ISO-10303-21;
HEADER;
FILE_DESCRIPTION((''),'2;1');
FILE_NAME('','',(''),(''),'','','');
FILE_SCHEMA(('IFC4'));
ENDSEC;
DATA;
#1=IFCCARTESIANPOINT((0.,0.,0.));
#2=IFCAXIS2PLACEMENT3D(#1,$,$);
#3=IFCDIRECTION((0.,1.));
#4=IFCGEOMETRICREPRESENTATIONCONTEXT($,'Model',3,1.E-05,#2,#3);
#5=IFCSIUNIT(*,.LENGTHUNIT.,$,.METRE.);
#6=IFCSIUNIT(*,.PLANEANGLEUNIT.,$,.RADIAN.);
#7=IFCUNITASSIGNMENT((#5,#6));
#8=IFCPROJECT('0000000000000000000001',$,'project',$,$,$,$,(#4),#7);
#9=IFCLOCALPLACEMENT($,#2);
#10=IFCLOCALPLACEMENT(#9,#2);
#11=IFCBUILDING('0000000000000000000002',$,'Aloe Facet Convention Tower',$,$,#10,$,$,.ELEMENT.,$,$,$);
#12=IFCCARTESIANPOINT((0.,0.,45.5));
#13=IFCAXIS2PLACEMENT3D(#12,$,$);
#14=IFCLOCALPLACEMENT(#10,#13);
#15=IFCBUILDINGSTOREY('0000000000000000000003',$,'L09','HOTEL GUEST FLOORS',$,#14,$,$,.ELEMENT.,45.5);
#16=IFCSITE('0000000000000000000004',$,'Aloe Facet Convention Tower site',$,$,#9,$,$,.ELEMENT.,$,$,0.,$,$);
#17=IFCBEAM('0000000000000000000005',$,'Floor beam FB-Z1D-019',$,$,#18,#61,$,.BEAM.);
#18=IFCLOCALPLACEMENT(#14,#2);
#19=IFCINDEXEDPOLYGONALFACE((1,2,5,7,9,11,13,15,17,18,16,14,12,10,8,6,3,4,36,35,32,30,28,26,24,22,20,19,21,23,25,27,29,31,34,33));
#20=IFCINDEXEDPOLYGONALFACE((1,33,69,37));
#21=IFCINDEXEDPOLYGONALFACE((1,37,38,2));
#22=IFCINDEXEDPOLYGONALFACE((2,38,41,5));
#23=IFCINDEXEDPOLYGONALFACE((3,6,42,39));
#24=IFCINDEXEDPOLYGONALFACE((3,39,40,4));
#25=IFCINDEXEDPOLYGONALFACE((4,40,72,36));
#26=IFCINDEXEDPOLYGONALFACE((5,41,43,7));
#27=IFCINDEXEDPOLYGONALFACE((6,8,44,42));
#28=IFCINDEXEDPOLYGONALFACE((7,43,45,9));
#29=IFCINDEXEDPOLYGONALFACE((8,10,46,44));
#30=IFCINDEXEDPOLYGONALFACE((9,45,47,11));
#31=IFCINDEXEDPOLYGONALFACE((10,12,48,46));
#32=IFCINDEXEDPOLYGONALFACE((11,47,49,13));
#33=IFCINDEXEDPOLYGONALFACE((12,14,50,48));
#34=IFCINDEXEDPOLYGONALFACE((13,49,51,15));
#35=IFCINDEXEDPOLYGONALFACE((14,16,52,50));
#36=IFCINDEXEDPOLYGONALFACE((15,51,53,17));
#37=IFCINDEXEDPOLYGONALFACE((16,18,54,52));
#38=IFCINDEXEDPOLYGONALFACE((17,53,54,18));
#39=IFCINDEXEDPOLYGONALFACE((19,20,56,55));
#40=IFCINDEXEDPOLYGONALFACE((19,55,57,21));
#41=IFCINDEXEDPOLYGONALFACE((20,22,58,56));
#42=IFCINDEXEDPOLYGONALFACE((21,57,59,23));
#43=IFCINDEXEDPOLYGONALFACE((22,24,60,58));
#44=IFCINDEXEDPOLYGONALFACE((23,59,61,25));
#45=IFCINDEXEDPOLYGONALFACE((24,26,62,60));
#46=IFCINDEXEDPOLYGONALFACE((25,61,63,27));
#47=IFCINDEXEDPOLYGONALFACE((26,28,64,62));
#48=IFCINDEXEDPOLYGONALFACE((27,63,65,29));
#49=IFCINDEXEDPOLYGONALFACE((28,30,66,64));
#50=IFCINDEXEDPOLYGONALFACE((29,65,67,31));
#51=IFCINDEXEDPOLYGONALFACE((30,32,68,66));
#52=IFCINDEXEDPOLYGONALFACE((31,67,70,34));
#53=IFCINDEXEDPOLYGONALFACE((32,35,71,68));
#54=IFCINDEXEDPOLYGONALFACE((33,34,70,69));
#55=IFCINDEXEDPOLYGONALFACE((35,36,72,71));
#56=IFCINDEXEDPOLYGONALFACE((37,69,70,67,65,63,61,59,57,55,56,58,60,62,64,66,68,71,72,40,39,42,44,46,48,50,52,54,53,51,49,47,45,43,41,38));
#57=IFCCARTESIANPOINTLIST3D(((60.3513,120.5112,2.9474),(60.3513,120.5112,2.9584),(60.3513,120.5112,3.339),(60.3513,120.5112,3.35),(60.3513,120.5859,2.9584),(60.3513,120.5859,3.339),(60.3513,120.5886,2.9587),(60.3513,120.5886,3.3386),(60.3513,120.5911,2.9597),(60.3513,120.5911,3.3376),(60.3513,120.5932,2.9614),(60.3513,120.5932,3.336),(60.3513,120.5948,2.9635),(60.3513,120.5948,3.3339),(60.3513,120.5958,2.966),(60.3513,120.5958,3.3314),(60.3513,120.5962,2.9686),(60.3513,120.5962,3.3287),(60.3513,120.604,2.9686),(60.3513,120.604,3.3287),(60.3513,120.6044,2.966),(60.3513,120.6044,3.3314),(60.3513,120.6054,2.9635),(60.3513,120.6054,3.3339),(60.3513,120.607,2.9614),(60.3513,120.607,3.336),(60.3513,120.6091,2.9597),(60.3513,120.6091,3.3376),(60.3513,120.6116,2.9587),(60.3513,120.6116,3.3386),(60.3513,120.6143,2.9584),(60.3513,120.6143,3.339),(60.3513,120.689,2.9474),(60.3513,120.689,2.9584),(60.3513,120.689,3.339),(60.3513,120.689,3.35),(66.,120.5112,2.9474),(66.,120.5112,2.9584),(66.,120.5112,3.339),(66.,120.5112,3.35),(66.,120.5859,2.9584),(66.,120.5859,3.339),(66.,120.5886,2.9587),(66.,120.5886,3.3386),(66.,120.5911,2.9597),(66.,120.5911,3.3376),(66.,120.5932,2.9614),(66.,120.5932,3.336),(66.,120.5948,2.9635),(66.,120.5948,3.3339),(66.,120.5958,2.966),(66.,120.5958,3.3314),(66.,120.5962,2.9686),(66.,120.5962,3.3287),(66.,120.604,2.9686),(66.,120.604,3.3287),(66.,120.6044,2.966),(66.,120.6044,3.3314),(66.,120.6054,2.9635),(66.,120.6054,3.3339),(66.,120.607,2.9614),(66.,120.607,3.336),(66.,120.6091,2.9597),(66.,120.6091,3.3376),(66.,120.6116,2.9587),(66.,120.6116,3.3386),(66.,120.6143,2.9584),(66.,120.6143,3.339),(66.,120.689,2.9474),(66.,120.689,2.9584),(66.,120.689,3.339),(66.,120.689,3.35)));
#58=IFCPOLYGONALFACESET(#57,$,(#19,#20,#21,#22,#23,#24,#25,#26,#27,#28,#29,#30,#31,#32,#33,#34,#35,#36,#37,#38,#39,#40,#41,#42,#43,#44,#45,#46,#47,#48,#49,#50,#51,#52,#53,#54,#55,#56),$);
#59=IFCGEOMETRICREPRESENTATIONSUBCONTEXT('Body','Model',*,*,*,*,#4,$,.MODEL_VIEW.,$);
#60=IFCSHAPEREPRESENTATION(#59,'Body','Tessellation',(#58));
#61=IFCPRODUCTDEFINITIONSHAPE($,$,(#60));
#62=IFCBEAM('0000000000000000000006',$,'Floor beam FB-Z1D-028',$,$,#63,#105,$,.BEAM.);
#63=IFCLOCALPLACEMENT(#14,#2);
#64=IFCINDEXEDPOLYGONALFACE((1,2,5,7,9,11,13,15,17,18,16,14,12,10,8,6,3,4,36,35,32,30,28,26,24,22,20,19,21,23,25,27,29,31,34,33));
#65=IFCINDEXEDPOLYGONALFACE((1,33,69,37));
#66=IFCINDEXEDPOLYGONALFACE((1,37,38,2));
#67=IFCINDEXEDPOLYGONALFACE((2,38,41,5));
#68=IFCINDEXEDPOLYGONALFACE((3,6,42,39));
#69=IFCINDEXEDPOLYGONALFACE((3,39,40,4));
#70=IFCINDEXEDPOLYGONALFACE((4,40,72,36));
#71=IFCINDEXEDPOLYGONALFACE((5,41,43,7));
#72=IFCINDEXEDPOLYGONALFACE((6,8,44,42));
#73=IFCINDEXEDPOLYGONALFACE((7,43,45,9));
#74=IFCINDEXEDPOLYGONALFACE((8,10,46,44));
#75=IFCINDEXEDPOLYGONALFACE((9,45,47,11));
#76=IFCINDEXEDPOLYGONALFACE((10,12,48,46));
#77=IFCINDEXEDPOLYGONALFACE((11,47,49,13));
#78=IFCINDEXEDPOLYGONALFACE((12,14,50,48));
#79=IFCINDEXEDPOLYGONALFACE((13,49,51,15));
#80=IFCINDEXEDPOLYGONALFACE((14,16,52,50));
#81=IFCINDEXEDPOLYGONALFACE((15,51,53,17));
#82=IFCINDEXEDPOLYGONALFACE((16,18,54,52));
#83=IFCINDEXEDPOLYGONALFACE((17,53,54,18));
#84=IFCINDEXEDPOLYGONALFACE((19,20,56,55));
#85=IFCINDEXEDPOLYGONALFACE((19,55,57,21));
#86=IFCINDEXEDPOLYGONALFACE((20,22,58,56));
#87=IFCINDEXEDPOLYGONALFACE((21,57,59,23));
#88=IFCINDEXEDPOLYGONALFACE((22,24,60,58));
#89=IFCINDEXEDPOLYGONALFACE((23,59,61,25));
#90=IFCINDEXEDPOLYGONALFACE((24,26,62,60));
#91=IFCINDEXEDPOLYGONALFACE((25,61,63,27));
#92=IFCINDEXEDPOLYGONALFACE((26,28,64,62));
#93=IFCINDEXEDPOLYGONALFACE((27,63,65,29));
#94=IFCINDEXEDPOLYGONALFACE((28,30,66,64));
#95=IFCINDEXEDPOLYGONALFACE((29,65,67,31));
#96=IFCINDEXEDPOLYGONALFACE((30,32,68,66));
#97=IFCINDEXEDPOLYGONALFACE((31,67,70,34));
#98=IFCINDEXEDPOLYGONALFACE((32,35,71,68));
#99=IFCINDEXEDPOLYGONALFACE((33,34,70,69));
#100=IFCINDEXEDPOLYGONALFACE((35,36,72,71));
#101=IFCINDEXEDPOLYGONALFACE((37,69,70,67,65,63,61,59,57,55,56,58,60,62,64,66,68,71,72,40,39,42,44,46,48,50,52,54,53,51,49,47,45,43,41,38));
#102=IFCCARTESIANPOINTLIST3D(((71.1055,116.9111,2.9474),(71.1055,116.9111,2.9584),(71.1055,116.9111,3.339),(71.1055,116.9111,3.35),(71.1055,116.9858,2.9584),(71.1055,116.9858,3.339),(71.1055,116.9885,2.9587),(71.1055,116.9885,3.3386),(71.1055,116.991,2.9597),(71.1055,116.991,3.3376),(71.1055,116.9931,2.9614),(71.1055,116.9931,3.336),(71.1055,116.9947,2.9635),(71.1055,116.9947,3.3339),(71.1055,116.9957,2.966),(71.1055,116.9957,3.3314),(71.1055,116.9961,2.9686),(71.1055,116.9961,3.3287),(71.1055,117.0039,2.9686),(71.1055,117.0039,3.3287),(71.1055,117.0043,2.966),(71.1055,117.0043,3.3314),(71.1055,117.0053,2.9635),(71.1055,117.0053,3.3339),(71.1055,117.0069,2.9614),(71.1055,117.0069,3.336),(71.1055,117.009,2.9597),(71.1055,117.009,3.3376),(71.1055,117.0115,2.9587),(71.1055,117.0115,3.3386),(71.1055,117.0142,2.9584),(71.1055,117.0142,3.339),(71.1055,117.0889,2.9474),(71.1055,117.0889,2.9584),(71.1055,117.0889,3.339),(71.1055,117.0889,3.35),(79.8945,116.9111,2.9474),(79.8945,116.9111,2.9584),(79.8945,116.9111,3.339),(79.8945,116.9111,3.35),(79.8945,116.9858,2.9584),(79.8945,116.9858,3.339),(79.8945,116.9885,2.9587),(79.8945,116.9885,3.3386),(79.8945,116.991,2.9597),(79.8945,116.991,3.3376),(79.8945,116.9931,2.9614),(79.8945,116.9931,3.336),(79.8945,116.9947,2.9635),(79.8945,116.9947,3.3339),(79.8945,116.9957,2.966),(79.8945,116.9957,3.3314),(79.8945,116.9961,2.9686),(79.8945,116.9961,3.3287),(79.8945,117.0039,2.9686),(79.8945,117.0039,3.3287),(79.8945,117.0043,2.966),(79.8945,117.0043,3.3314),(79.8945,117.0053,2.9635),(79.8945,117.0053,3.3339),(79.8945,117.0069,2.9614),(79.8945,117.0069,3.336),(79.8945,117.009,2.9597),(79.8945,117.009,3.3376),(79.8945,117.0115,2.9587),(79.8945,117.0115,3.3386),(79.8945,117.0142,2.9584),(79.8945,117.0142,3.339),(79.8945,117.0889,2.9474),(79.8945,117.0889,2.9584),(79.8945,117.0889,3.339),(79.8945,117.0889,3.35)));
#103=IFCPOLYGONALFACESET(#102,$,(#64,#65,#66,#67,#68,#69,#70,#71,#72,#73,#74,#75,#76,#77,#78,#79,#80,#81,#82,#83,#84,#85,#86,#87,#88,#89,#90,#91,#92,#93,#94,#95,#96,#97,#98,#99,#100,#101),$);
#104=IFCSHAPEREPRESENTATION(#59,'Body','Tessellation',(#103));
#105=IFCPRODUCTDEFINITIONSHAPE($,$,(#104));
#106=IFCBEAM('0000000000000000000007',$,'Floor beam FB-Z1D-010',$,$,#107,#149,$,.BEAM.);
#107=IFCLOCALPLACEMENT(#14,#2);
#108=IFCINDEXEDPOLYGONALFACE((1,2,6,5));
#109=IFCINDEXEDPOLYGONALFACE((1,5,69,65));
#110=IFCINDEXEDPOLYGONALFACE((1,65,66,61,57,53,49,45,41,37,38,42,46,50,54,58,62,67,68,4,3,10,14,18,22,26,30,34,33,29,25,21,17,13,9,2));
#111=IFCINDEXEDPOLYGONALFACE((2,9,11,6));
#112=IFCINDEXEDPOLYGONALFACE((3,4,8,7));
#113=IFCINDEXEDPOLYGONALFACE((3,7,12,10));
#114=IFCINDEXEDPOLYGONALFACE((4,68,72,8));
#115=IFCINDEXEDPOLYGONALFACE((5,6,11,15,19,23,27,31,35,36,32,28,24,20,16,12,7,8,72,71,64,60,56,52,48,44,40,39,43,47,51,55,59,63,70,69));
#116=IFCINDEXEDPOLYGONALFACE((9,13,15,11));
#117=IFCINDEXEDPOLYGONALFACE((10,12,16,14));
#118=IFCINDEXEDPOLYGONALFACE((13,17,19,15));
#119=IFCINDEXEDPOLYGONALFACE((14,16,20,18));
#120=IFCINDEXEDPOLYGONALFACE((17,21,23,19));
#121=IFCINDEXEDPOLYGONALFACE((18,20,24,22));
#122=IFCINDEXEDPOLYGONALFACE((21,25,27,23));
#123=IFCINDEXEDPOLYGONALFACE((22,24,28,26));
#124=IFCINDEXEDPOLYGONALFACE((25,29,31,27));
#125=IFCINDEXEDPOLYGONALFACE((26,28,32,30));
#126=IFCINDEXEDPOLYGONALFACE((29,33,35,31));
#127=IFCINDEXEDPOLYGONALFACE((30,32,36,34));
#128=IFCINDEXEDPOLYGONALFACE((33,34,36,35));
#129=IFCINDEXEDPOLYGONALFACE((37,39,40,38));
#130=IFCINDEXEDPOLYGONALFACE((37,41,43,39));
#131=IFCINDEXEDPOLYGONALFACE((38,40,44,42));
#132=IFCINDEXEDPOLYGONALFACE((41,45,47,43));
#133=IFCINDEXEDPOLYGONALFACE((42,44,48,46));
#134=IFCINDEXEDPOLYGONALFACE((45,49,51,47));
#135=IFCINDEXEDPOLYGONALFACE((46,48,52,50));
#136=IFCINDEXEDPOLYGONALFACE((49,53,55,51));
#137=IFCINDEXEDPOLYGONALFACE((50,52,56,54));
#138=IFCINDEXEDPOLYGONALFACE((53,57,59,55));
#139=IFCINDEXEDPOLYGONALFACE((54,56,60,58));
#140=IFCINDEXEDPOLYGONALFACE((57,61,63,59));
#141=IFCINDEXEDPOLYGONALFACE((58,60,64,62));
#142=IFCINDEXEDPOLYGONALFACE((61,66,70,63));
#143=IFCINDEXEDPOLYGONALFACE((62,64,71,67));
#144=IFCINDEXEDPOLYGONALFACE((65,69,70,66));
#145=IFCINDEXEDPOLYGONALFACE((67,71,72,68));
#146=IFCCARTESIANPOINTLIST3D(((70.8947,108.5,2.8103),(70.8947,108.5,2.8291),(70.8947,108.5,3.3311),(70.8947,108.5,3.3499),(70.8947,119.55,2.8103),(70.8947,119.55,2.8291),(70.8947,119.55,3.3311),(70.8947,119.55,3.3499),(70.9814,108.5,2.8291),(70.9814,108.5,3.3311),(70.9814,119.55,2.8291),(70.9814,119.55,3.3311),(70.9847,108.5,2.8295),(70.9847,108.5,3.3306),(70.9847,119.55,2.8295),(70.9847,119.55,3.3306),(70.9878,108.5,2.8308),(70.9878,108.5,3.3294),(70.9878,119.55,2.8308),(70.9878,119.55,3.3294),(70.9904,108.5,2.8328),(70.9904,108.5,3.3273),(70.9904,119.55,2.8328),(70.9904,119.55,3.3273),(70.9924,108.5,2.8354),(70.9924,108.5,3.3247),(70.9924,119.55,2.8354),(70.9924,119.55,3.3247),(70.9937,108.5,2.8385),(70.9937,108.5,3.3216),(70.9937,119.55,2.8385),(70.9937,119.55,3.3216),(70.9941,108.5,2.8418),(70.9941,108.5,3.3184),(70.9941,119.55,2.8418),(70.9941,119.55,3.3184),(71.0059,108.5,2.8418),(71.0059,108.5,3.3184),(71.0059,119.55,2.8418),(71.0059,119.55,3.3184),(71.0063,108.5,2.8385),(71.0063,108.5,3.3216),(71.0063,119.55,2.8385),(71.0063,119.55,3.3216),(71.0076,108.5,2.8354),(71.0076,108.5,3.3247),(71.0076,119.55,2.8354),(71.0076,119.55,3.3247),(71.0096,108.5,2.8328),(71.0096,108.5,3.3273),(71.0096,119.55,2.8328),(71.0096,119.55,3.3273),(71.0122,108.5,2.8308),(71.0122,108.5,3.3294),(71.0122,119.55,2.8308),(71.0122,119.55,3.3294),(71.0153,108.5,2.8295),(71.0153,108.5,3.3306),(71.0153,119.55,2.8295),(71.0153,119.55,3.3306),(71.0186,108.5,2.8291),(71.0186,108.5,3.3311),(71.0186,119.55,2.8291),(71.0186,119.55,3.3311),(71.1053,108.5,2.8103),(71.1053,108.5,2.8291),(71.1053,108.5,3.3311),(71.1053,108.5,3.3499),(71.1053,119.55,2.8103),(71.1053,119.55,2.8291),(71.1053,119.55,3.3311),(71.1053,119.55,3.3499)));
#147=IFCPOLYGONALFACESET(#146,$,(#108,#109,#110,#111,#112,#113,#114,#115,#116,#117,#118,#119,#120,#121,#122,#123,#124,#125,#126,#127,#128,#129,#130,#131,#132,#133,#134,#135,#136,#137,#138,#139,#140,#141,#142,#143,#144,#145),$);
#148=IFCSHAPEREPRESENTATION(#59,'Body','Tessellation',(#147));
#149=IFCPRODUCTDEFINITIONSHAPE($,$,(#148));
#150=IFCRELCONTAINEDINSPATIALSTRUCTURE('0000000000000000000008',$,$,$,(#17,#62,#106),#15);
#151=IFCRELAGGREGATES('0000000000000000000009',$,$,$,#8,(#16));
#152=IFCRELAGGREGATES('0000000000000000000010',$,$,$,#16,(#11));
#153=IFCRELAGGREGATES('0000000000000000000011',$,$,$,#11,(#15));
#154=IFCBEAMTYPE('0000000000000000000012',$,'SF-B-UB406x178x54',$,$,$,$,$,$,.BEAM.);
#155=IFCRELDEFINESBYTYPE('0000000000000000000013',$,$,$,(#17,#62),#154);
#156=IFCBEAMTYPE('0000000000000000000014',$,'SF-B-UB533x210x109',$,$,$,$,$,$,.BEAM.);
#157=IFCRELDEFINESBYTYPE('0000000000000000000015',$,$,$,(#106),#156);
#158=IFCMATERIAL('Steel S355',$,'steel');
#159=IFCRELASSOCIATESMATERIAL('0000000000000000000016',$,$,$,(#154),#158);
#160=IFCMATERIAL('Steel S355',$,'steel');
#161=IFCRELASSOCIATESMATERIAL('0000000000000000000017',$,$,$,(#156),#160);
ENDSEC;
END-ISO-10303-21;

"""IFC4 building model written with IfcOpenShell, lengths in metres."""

from ifc_helpers import new_model, si_unit, direction, frame, origin, origin_2d, place, context, subcontext, project, spatial, i_section, extrude, material, material_profile, profile_set, type_object, element, save


model = new_model("IFC4")

# Units and contexts
model_context = context("Model", 3, precision=1e-05, world=origin(), true_north=direction((0.0, 1.0)))
body_context = subcontext(model_context, "Body", "Model", "MODEL_VIEW")
ifc_project = project(units=[si_unit("LENGTHUNIT", "METRE"), si_unit("PLANEANGLEUNIT", "RADIAN")], contexts=[model_context])

# Site, building, storey
site_placement = place(None, origin())
site = spatial("IfcSite", under=ifc_project, at=site_placement, Name="Aloe Facet Convention Tower site", CompositionType="ELEMENT", RefElevation=0.0)
building_placement = place(site_placement, origin())
building = spatial("IfcBuilding", under=site, at=building_placement, Name="Aloe Facet Convention Tower", CompositionType="ELEMENT")
storey_placement = place(building_placement, frame((0.0, 0.0, 45.5)))
storey = spatial("IfcBuildingStorey", under=building, at=storey_placement, Name="L09", Description="HOTEL GUEST FLOORS", CompositionType="ELEMENT", Elevation=45.5)

# Beams
ifc_material_1 = material(Name="Steel S355", Category="steel")
ifc_material_profile_1 = material_profile(ifc_material_1, i_section(OverallWidth=0.1777, OverallDepth=0.4026, WebThickness=0.0078, FlangeThickness=0.011, FilletRadius=0.0103, at=origin_2d()), Name="UB 406x178x54")
ifc_profile_set_1 = profile_set([ifc_material_profile_1], Name="Steel S355")
beam_type_1 = type_object("IfcBeamType", Name="SF-B-UB406x178x54", PredefinedType="BEAM", material=ifc_profile_set_1)
beam_1_placement = place(storey_placement, frame((60.3513, 120.6001, 3.1487), z_axis=(1.0, 0.0, 0.0), x_axis=(0.0, 1.0, 0.0)))
element("IfcBeam", 1, at=beam_1_placement, inside=storey, type_object=beam_type_1, Name="Floor beam FB-Z1D-019", PredefinedType="BEAM", context=body_context, shape_type="SweptSolid", body=[
    extrude(i_section(OverallWidth=0.1777, OverallDepth=0.4026, WebThickness=0.0078, FlangeThickness=0.011, FilletRadius=0.0103, at=origin_2d()), origin(), (0.0, 0.0, 1.0), 5.6487),
])
beam_2_placement = place(storey_placement, frame((71.1055, 117.0, 3.1487), z_axis=(1.0, 0.0, 0.0), x_axis=(0.0, 1.0, 0.0)))
element("IfcBeam", 2, at=beam_2_placement, inside=storey, type_object=beam_type_1, Name="Floor beam FB-Z1D-028", PredefinedType="BEAM", context=body_context, shape_type="SweptSolid", body=[
    extrude(i_section(OverallWidth=0.1777, OverallDepth=0.4026, WebThickness=0.0078, FlangeThickness=0.011, FilletRadius=0.0103, at=origin_2d()), origin(), (0.0, 0.0, 1.0), 8.7891),
])
ifc_material_2 = material(Name="Steel S355", Category="steel")
ifc_material_profile_2 = material_profile(ifc_material_2, i_section(OverallWidth=0.2107, OverallDepth=0.5396, WebThickness=0.0117, FlangeThickness=0.0188, FilletRadius=0.0127, at=origin_2d()), Name="UB 533x210x109")
ifc_profile_set_2 = profile_set([ifc_material_profile_2], Name="Steel S355")
beam_type_2 = type_object("IfcBeamType", Name="SF-B-UB533x210x109", PredefinedType="BEAM", material=ifc_profile_set_2)
beam_3_placement = place(storey_placement, frame((71.0, 119.55, 3.0801), z_axis=(0.0, -1.0, 0.0), x_axis=(1.0, 0.0, 0.0)))
element("IfcBeam", 3, at=beam_3_placement, inside=storey, type_object=beam_type_2, Name="Floor beam FB-Z1D-010", PredefinedType="BEAM", context=body_context, shape_type="SweptSolid", body=[
    extrude(i_section(OverallWidth=0.2107, OverallDepth=0.5396, WebThickness=0.0117, FlangeThickness=0.0188, FilletRadius=0.0127, at=origin_2d()), origin(), (0.0, 0.0, 1.0), 11.05),
])

save(model, "model.ifc")
